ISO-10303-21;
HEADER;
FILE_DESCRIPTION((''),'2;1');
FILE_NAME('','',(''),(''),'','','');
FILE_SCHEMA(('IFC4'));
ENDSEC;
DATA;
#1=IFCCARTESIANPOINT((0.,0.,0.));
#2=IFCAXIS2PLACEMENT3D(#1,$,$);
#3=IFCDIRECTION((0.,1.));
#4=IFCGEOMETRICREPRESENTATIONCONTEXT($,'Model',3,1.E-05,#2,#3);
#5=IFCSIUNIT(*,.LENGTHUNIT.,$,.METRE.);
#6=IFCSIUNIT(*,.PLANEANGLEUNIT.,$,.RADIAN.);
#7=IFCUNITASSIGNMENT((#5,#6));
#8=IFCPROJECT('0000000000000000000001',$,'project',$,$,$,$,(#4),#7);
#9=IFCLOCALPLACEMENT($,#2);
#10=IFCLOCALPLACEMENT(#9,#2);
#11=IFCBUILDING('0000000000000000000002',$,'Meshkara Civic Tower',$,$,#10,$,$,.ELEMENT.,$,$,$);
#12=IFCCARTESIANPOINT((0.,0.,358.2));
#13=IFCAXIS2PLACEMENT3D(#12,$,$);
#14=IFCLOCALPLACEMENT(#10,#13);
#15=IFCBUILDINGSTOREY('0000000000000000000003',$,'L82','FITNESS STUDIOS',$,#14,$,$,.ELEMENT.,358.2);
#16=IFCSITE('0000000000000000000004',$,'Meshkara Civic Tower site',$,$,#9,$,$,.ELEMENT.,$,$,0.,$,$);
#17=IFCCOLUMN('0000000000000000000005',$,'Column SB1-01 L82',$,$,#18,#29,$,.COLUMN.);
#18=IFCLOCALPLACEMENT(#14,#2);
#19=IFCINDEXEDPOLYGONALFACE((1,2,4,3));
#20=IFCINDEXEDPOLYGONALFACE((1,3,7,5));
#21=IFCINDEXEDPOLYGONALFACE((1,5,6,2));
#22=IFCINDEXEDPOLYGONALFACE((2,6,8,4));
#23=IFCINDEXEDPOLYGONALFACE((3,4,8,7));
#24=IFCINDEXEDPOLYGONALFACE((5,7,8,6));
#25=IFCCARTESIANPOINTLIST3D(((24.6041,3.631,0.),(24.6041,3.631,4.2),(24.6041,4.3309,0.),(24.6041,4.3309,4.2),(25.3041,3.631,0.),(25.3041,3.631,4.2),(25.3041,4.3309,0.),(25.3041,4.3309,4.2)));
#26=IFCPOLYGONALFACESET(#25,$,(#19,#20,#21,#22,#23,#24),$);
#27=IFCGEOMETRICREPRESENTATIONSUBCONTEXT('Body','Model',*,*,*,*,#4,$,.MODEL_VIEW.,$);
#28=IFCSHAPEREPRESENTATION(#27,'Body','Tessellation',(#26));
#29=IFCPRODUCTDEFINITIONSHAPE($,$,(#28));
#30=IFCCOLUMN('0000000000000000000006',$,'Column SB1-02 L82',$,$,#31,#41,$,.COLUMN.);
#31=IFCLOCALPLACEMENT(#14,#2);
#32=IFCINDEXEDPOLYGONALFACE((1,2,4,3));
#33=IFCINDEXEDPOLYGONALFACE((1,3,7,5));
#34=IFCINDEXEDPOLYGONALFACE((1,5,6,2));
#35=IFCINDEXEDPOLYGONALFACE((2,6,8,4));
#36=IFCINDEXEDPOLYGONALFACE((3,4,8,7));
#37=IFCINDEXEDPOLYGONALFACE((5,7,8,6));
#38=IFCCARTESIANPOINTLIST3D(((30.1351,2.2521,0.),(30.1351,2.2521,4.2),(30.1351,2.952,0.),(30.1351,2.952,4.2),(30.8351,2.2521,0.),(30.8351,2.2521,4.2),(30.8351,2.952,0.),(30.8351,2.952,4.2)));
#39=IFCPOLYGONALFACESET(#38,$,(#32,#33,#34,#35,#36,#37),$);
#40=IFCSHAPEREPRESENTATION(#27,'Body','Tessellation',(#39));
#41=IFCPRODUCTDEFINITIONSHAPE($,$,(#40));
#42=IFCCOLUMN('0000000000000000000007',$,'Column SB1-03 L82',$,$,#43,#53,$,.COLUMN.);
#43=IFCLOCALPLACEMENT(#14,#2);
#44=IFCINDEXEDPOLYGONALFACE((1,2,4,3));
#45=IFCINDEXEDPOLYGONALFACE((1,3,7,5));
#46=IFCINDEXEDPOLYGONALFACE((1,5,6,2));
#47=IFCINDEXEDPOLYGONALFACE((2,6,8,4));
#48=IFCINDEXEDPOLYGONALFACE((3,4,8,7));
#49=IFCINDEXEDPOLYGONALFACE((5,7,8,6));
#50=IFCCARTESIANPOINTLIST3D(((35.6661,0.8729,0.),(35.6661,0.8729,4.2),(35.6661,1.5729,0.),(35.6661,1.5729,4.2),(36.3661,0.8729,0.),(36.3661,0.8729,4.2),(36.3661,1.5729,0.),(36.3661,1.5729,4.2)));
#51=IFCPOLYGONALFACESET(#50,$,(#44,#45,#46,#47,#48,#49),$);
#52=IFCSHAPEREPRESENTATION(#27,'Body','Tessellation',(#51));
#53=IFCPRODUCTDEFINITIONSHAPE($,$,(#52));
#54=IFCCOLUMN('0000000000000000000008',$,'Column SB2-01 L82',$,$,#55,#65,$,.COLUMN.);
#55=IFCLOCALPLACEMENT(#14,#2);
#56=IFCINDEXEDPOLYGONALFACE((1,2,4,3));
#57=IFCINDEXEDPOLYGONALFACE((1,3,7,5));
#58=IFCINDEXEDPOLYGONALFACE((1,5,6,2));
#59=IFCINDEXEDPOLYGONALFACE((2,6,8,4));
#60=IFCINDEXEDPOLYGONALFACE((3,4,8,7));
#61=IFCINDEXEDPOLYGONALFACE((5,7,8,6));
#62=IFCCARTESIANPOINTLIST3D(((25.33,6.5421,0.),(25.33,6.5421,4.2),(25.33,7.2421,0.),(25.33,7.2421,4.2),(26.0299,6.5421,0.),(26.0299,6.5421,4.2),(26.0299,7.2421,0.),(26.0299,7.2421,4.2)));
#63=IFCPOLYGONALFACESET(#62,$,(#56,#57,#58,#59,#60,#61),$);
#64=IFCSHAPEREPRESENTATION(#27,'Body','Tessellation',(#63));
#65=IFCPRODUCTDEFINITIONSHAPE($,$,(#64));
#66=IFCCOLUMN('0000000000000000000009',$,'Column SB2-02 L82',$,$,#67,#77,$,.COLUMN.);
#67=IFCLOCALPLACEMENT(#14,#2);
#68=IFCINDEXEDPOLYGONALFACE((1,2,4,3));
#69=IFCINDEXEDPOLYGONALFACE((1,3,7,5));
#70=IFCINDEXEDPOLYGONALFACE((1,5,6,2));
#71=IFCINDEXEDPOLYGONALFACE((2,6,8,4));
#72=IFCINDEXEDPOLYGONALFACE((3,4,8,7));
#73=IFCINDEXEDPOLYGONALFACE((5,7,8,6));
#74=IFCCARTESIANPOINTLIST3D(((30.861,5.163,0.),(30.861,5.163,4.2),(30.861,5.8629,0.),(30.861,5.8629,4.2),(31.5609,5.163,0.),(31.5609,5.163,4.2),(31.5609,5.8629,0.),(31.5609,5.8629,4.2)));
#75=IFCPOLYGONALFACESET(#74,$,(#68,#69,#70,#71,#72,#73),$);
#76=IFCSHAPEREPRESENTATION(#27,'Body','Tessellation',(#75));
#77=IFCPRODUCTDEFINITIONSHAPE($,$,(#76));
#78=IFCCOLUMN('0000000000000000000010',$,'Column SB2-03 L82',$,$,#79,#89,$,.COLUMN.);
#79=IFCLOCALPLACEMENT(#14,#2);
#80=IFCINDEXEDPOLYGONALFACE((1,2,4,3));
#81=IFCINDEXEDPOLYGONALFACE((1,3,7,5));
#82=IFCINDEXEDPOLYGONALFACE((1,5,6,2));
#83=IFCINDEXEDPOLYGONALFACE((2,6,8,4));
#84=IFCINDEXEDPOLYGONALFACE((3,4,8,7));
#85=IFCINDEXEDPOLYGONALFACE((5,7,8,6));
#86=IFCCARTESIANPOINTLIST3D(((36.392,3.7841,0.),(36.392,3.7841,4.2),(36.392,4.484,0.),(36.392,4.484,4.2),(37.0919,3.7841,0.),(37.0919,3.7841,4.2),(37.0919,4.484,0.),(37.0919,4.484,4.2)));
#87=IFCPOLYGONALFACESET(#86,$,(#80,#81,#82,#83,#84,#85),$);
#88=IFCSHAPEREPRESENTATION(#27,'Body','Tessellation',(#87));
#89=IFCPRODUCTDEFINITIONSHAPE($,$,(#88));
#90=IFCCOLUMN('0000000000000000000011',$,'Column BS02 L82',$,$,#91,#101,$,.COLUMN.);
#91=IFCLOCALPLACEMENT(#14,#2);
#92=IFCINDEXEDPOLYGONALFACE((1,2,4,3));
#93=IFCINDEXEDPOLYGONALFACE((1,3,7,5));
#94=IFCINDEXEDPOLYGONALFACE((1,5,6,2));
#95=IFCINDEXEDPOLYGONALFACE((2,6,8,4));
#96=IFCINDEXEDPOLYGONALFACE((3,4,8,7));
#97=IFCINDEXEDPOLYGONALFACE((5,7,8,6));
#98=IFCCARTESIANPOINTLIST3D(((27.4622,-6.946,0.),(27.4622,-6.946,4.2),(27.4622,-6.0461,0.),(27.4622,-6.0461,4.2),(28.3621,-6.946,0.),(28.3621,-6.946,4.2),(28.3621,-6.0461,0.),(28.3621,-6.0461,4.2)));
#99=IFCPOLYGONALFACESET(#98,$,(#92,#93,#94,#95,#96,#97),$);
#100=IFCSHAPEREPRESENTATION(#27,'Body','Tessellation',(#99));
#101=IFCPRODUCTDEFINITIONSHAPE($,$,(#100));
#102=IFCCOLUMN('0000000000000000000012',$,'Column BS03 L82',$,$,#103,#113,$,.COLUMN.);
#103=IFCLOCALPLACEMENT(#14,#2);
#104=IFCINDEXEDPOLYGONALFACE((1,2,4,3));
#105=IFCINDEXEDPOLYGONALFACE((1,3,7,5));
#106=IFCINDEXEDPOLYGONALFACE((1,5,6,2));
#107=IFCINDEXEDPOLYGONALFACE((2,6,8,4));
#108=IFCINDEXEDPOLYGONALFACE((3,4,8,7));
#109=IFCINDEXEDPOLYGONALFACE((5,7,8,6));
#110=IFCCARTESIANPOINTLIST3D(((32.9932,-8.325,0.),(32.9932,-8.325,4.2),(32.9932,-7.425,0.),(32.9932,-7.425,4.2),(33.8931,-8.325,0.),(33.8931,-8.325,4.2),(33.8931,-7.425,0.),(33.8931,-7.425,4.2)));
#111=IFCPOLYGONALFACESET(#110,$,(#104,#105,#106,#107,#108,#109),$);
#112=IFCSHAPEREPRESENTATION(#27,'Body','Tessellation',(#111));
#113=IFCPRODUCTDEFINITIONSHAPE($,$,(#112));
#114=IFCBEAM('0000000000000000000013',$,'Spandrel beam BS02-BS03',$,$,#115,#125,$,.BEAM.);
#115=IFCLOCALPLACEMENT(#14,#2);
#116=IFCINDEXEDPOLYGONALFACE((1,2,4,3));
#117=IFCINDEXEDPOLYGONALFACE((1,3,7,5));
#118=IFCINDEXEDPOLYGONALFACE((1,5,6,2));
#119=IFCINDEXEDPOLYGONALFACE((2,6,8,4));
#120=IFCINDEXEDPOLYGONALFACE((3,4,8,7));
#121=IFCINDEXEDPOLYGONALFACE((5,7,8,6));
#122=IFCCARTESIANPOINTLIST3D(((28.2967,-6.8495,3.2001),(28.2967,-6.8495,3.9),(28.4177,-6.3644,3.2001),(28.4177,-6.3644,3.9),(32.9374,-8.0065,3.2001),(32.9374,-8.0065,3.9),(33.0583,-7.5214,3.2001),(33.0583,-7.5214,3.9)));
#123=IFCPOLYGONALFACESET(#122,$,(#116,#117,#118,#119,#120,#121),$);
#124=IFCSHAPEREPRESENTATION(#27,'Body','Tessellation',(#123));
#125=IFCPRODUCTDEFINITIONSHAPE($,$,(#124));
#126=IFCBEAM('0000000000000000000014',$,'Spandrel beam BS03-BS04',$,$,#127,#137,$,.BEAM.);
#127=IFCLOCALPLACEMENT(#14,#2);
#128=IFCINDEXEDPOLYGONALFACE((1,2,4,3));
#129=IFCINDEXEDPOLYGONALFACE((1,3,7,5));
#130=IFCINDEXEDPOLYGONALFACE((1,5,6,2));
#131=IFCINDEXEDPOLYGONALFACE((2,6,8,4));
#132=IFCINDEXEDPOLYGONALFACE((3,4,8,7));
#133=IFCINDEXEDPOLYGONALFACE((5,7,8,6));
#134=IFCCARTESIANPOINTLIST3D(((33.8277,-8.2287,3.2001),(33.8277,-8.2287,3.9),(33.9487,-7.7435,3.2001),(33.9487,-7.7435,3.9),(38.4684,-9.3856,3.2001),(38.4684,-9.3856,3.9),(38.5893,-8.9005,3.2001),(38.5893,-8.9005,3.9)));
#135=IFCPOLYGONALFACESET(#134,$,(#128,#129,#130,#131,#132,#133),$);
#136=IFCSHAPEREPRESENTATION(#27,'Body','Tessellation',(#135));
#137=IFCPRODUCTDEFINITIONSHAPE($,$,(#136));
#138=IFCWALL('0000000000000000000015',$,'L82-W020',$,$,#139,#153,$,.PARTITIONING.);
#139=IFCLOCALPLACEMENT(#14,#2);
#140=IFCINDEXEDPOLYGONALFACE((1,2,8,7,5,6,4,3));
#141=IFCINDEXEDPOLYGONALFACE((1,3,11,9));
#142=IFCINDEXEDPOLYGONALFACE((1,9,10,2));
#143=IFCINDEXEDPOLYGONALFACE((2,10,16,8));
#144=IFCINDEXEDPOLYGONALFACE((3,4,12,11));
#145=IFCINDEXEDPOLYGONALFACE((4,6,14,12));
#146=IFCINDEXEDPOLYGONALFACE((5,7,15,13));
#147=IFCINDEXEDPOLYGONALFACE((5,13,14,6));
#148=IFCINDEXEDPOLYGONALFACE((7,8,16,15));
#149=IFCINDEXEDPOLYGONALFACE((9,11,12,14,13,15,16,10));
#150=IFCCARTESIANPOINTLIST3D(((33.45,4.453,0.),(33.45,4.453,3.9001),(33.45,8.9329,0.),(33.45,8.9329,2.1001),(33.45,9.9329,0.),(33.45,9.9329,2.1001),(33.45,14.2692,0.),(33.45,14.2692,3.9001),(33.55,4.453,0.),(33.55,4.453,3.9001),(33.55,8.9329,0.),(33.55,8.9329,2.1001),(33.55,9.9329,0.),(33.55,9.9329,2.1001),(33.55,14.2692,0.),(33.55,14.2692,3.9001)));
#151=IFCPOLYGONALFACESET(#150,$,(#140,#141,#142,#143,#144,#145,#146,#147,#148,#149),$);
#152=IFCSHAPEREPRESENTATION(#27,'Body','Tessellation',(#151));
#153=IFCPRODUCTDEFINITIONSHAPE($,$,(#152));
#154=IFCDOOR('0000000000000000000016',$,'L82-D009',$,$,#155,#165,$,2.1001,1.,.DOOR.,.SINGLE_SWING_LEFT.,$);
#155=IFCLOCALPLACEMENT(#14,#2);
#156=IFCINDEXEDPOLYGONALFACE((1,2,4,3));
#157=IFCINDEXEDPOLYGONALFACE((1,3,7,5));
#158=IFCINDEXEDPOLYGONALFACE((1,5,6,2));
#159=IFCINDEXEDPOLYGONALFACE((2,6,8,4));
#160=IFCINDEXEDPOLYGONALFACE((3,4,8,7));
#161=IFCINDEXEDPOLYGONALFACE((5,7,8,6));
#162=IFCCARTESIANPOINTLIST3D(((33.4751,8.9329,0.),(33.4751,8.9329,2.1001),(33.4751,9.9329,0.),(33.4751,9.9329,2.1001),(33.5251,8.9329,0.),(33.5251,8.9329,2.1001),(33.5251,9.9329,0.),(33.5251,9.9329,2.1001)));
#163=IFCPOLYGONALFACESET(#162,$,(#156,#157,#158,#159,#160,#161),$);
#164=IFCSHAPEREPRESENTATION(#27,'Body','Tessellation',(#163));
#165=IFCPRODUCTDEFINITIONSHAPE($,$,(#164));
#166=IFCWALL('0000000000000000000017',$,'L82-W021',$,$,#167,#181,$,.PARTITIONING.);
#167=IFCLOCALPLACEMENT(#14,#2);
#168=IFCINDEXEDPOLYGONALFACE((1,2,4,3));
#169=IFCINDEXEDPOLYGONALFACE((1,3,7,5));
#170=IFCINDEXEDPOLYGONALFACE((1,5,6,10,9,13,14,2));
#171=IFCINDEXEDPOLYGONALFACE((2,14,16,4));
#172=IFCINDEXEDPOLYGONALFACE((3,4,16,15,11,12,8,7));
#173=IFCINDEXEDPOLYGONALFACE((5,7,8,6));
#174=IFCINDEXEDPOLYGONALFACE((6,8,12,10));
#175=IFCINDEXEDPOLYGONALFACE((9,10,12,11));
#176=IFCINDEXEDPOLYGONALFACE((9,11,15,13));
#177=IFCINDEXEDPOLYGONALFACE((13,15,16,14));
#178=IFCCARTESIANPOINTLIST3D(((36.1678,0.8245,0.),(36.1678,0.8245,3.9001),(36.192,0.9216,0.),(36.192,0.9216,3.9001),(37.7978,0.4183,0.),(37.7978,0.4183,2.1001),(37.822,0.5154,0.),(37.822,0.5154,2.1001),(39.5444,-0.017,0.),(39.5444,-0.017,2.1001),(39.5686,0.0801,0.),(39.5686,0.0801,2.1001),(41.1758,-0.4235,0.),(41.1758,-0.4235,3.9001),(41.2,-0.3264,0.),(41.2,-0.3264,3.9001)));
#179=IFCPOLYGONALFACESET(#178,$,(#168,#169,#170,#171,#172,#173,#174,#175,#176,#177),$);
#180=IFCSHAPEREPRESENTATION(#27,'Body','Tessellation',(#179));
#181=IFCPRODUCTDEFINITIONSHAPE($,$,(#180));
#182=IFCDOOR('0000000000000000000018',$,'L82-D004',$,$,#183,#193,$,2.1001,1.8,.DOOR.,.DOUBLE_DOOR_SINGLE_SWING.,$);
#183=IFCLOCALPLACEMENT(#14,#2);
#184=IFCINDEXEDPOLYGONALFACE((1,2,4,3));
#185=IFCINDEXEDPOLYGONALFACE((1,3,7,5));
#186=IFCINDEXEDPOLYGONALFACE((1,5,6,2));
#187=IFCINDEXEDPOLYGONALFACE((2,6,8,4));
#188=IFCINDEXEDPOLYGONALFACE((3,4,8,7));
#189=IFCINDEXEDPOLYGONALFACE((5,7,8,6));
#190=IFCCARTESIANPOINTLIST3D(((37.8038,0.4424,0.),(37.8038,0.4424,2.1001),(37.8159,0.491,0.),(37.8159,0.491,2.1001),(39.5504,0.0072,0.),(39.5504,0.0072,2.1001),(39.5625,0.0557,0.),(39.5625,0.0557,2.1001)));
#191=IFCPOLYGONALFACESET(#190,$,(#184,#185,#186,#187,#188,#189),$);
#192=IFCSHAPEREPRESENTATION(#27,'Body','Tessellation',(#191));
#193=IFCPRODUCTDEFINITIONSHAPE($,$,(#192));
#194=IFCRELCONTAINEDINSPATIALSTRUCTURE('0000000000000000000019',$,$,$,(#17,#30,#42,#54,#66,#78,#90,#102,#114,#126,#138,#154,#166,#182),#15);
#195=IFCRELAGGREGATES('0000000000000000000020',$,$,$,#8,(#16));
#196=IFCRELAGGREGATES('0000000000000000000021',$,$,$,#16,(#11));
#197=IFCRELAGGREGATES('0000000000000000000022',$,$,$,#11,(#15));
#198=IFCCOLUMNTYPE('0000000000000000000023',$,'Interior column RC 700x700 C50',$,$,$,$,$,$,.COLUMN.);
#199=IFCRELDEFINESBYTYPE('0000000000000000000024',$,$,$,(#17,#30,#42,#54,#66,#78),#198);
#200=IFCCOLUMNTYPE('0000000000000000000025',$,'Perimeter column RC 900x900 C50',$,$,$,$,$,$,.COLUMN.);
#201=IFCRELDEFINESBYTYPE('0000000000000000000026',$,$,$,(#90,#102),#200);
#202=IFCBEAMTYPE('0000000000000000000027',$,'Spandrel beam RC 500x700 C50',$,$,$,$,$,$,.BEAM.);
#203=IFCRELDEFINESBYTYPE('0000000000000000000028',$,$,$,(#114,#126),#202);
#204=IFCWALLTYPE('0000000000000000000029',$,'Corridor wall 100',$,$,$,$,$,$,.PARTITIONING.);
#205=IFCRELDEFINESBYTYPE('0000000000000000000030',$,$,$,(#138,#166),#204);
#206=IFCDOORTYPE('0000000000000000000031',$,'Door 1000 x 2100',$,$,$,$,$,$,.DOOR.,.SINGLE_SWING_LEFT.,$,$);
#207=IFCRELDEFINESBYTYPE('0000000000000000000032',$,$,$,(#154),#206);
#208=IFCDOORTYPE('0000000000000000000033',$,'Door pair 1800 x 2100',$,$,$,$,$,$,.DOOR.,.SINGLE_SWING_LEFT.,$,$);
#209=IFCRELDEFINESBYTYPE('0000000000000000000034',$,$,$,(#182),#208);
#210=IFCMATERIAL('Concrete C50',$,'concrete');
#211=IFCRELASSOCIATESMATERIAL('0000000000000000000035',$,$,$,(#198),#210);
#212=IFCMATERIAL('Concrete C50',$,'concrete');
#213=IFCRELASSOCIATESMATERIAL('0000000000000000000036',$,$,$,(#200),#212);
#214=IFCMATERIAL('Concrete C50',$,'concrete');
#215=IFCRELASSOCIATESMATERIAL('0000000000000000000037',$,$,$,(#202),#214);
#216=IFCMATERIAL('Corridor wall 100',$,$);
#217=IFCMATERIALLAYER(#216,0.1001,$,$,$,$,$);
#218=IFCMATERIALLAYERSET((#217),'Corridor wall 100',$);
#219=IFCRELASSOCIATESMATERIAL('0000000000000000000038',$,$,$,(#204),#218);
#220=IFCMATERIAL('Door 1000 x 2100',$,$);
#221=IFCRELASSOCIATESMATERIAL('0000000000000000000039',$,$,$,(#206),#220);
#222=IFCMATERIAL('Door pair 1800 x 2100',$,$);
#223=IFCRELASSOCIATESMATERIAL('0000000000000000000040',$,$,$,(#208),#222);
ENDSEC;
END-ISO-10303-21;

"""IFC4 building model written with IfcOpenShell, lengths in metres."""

from ifc_helpers import new_model, si_unit, direction, frame, frame_2d, origin, origin_2d, place, context, subcontext, project, spatial, rectangle, extrude, material, layer, layer_set, material_profile, profile_set, type_object, element, fill, save


model = new_model("IFC4")

# Units and contexts
model_context = context("Model", 3, precision=1e-05, world=origin(), true_north=direction((0.0, 1.0)))
body_context = subcontext(model_context, "Body", "Model", "MODEL_VIEW")
ifc_project = project(units=[si_unit("LENGTHUNIT", "METRE"), si_unit("PLANEANGLEUNIT", "RADIAN")], contexts=[model_context])

# Site, building, storey
site_placement = place(None, origin())
site = spatial("IfcSite", under=ifc_project, at=site_placement, Name="Meshkara Civic Tower site", CompositionType="ELEMENT", RefElevation=0.0)
building_placement = place(site_placement, origin())
building = spatial("IfcBuilding", under=site, at=building_placement, Name="Meshkara Civic Tower", CompositionType="ELEMENT")
storey_placement = place(building_placement, frame((0.0, 0.0, 358.2)))
storey = spatial("IfcBuildingStorey", under=building, at=storey_placement, Name="L82", Description="FITNESS STUDIOS", CompositionType="ELEMENT", Elevation=358.2)

# Columns
ifc_material_1 = material(Name="Concrete C50", Category="concrete")
ifc_material_profile_1 = material_profile(ifc_material_1, rectangle(XDim=0.7, YDim=0.7, at=origin_2d()))
ifc_profile_set_1 = profile_set([ifc_material_profile_1], Name="Concrete C50")
column_type_1 = type_object("IfcColumnType", Name="Interior column RC 700x700 C50", PredefinedType="COLUMN", material=ifc_profile_set_1)
for number, where, z_axis, x_axis, name in (
    (1, (24.9541, 3.981, 0.0), (0.0, 0.0, 1.0), (1.0, 0.0, 0.0), "Column SB1-01 L82"),
    (2, (30.4851, 2.6021, 0.0), (0.0, 0.0, 1.0), (1.0, 0.0, 0.0), "Column SB1-02 L82"),
    (3, (36.0161, 1.2229, 0.0), (0.0, 0.0, 1.0), (1.0, 0.0, 0.0), "Column SB1-03 L82"),
    (4, (25.6799, 6.8921, 0.0), (0.0, 0.0, 1.0), (1.0, 0.0, 0.0), "Column SB2-01 L82"),
    (5, (31.2109, 5.5129, 0.0), (0.0, 0.0, 1.0), (1.0, 0.0, 0.0), "Column SB2-02 L82"),
    (6, (36.7419, 4.134, 0.0), (0.0, 0.0, 1.0), (1.0, 0.0, 0.0), "Column SB2-03 L82"),
):
    element("IfcColumn", number, at=place(storey_placement, frame(where, z_axis=z_axis, x_axis=x_axis)), inside=storey, type_object=column_type_1, Name=name, PredefinedType="COLUMN", context=body_context, shape_type="SweptSolid", body=[
        extrude(rectangle(XDim=0.7, YDim=0.7, at=origin_2d()), origin(), (0.0, 0.0, 1.0), 4.2),
    ])
ifc_material_2 = material(Name="Concrete C50", Category="concrete")
ifc_material_profile_2 = material_profile(ifc_material_2, rectangle(XDim=0.8999, YDim=0.8999, at=origin_2d()))
ifc_profile_set_2 = profile_set([ifc_material_profile_2], Name="Concrete C50")
column_type_2 = type_object("IfcColumnType", Name="Perimeter column RC 900x900 C50", PredefinedType="COLUMN", material=ifc_profile_set_2)
for number, where, z_axis, x_axis, name in (
    (7, (27.9121, -6.4961, 0.0), (0.0, 0.0, 1.0), (1.0, 0.0, 0.0), "Column BS02 L82"),
    (8, (33.4431, -7.875, 0.0), (0.0, 0.0, 1.0), (1.0, 0.0, 0.0), "Column BS03 L82"),
):
    element("IfcColumn", number, at=place(storey_placement, frame(where, z_axis=z_axis, x_axis=x_axis)), inside=storey, type_object=column_type_2, Name=name, PredefinedType="COLUMN", context=body_context, shape_type="SweptSolid", body=[
        extrude(rectangle(XDim=0.8999, YDim=0.8999, at=origin_2d()), origin(), (0.0, 0.0, 1.0), 4.2),
    ])

# Beams
ifc_material_3 = material(Name="Concrete C50", Category="concrete")
ifc_material_profile_3 = material_profile(ifc_material_3, rectangle(XDim=0.5, YDim=0.7, at=origin_2d()))
ifc_profile_set_3 = profile_set([ifc_material_profile_3], Name="Concrete C50")
beam_type = type_object("IfcBeamType", Name="Spandrel beam RC 500x700 C50", PredefinedType="BEAM", material=ifc_profile_set_3)
for number, where, z_axis, x_axis, name in (
    (9, (28.3572, -6.6069, 3.55), (0.970298, -0.241911, 0.0), (0.241911, 0.970298, 0.0), "Spandrel beam BS02-BS03"),
    (10, (33.8882, -7.9861, 3.55), (0.970298, -0.241911, 0.0), (0.241911, 0.970298, 0.0), "Spandrel beam BS03-BS04"),
):
    element("IfcBeam", number, at=place(storey_placement, frame(where, z_axis=z_axis, x_axis=x_axis)), inside=storey, type_object=beam_type, Name=name, PredefinedType="BEAM", context=body_context, shape_type="SweptSolid", body=[
        extrude(rectangle(XDim=0.5, YDim=0.7, at=origin_2d()), origin(), (0.0, 0.0, 1.0), 4.7827),
    ])

# Walls, openings, doors
ifc_material_4 = material(Name="Corridor wall 100")
ifc_layer_1 = layer(ifc_material_4, 0.1001)
ifc_layer_set_1 = layer_set([ifc_layer_1], Name="Corridor wall 100")
wall_type_1 = type_object("IfcWallType", Name="Corridor wall 100", PredefinedType="PARTITIONING", material=ifc_layer_set_1)
wall_1_placement = place(storey_placement, frame((33.5, 4.4529, 0.0), z_axis=(0.0, 0.0, 1.0), x_axis=(0.0, 1.0, 0.0)))
wall_1 = element("IfcWall", 11, at=wall_1_placement, inside=storey, type_object=wall_type_1, Name="L82-W020", PredefinedType="PARTITIONING", context=body_context, shape_type="SweptSolid", body=[
    extrude(rectangle(XDim=9.8162, YDim=0.1001, at=frame_2d((4.9082, 0.0))), origin(), (0.0, 0.0, 1.0), 3.9001),
])
opening_1_placement = place(wall_1_placement, frame((4.48, 0.0, 0.0)))
opening_1 = element("IfcOpeningElement", 12, at=opening_1_placement, cuts=wall_1, PredefinedType="OPENING", context=body_context, shape_type="SweptSolid", body=[
    extrude(rectangle(XDim=1.0, YDim=2.1001, at=frame_2d((0.5, 1.05))), frame((0.0, 0.0601, 0.0), z_axis=(0.0, -1.0, 0.0), x_axis=(1.0, 0.0, 0.0)), (0.0, 0.0, 1.0), 0.1201),
])
ifc_material_5 = material(Name="Door 1000 x 2100")
door_type_1 = type_object("IfcDoorType", Name="Door 1000 x 2100", OperationType="SINGLE_SWING_LEFT", PredefinedType="DOOR", material=ifc_material_5)
door_1_placement = place(opening_1_placement, origin())
door_1 = element("IfcDoor", 13, at=door_1_placement, inside=storey, type_object=door_type_1, Name="L82-D009", OperationType="SINGLE_SWING_LEFT", OverallHeight=2.1001, OverallWidth=1.0, PredefinedType="DOOR", context=body_context, shape_type="SweptSolid", body=[
    extrude(rectangle(XDim=1.0, YDim=2.1001, at=frame_2d((0.5, 1.05))), frame((0.0, 0.0249, 0.0), z_axis=(0.0, -1.0, 0.0), x_axis=(1.0, 0.0, 0.0)), (0.0, 0.0, 1.0), 0.05),
])
fill(opening_1, door_1)
wall_2_placement = place(storey_placement, frame((36.1799, 0.873, 0.0), z_axis=(0.0, 0.0, 1.0), x_axis=(0.970323, -0.241812, 0.0)))
wall_2 = element("IfcWall", 14, at=wall_2_placement, inside=storey, type_object=wall_type_1, Name="L82-W021", PredefinedType="PARTITIONING", context=body_context, shape_type="SweptSolid", body=[
    extrude(rectangle(XDim=5.1611, YDim=0.1001, at=frame_2d((2.5806, 0.0))), origin(), (0.0, 0.0, 1.0), 3.9001),
])
opening_2_placement = place(wall_2_placement, frame((1.6799, 0.0, 0.0)))
opening_2 = element("IfcOpeningElement", 15, at=opening_2_placement, cuts=wall_2, PredefinedType="OPENING", context=body_context, shape_type="SweptSolid", body=[
    extrude(rectangle(XDim=1.8, YDim=2.1001, at=frame_2d((0.8999, 1.05))), frame((0.0, 0.0601, 0.0), z_axis=(0.0, -1.0, 0.0), x_axis=(1.0, 0.0, 0.0)), (0.0, 0.0, 1.0), 0.1201),
])
ifc_material_6 = material(Name="Door pair 1800 x 2100")
door_type_2 = type_object("IfcDoorType", Name="Door pair 1800 x 2100", OperationType="SINGLE_SWING_LEFT", PredefinedType="DOOR", material=ifc_material_6)
door_2_placement = place(opening_2_placement, origin())
door_2 = element("IfcDoor", 16, at=door_2_placement, inside=storey, type_object=door_type_2, Name="L82-D004", OperationType="DOUBLE_DOOR_SINGLE_SWING", OverallHeight=2.1001, OverallWidth=1.8, PredefinedType="DOOR", context=body_context, shape_type="SweptSolid", body=[
    extrude(rectangle(XDim=1.8, YDim=2.1001, at=frame_2d((0.8999, 1.05))), frame((0.0, 0.0249, 0.0), z_axis=(0.0, -1.0, 0.0), x_axis=(1.0, 0.0, 0.0)), (0.0, 0.0, 1.0), 0.05),
])
fill(opening_2, door_2)

save(model, "model.ifc")
